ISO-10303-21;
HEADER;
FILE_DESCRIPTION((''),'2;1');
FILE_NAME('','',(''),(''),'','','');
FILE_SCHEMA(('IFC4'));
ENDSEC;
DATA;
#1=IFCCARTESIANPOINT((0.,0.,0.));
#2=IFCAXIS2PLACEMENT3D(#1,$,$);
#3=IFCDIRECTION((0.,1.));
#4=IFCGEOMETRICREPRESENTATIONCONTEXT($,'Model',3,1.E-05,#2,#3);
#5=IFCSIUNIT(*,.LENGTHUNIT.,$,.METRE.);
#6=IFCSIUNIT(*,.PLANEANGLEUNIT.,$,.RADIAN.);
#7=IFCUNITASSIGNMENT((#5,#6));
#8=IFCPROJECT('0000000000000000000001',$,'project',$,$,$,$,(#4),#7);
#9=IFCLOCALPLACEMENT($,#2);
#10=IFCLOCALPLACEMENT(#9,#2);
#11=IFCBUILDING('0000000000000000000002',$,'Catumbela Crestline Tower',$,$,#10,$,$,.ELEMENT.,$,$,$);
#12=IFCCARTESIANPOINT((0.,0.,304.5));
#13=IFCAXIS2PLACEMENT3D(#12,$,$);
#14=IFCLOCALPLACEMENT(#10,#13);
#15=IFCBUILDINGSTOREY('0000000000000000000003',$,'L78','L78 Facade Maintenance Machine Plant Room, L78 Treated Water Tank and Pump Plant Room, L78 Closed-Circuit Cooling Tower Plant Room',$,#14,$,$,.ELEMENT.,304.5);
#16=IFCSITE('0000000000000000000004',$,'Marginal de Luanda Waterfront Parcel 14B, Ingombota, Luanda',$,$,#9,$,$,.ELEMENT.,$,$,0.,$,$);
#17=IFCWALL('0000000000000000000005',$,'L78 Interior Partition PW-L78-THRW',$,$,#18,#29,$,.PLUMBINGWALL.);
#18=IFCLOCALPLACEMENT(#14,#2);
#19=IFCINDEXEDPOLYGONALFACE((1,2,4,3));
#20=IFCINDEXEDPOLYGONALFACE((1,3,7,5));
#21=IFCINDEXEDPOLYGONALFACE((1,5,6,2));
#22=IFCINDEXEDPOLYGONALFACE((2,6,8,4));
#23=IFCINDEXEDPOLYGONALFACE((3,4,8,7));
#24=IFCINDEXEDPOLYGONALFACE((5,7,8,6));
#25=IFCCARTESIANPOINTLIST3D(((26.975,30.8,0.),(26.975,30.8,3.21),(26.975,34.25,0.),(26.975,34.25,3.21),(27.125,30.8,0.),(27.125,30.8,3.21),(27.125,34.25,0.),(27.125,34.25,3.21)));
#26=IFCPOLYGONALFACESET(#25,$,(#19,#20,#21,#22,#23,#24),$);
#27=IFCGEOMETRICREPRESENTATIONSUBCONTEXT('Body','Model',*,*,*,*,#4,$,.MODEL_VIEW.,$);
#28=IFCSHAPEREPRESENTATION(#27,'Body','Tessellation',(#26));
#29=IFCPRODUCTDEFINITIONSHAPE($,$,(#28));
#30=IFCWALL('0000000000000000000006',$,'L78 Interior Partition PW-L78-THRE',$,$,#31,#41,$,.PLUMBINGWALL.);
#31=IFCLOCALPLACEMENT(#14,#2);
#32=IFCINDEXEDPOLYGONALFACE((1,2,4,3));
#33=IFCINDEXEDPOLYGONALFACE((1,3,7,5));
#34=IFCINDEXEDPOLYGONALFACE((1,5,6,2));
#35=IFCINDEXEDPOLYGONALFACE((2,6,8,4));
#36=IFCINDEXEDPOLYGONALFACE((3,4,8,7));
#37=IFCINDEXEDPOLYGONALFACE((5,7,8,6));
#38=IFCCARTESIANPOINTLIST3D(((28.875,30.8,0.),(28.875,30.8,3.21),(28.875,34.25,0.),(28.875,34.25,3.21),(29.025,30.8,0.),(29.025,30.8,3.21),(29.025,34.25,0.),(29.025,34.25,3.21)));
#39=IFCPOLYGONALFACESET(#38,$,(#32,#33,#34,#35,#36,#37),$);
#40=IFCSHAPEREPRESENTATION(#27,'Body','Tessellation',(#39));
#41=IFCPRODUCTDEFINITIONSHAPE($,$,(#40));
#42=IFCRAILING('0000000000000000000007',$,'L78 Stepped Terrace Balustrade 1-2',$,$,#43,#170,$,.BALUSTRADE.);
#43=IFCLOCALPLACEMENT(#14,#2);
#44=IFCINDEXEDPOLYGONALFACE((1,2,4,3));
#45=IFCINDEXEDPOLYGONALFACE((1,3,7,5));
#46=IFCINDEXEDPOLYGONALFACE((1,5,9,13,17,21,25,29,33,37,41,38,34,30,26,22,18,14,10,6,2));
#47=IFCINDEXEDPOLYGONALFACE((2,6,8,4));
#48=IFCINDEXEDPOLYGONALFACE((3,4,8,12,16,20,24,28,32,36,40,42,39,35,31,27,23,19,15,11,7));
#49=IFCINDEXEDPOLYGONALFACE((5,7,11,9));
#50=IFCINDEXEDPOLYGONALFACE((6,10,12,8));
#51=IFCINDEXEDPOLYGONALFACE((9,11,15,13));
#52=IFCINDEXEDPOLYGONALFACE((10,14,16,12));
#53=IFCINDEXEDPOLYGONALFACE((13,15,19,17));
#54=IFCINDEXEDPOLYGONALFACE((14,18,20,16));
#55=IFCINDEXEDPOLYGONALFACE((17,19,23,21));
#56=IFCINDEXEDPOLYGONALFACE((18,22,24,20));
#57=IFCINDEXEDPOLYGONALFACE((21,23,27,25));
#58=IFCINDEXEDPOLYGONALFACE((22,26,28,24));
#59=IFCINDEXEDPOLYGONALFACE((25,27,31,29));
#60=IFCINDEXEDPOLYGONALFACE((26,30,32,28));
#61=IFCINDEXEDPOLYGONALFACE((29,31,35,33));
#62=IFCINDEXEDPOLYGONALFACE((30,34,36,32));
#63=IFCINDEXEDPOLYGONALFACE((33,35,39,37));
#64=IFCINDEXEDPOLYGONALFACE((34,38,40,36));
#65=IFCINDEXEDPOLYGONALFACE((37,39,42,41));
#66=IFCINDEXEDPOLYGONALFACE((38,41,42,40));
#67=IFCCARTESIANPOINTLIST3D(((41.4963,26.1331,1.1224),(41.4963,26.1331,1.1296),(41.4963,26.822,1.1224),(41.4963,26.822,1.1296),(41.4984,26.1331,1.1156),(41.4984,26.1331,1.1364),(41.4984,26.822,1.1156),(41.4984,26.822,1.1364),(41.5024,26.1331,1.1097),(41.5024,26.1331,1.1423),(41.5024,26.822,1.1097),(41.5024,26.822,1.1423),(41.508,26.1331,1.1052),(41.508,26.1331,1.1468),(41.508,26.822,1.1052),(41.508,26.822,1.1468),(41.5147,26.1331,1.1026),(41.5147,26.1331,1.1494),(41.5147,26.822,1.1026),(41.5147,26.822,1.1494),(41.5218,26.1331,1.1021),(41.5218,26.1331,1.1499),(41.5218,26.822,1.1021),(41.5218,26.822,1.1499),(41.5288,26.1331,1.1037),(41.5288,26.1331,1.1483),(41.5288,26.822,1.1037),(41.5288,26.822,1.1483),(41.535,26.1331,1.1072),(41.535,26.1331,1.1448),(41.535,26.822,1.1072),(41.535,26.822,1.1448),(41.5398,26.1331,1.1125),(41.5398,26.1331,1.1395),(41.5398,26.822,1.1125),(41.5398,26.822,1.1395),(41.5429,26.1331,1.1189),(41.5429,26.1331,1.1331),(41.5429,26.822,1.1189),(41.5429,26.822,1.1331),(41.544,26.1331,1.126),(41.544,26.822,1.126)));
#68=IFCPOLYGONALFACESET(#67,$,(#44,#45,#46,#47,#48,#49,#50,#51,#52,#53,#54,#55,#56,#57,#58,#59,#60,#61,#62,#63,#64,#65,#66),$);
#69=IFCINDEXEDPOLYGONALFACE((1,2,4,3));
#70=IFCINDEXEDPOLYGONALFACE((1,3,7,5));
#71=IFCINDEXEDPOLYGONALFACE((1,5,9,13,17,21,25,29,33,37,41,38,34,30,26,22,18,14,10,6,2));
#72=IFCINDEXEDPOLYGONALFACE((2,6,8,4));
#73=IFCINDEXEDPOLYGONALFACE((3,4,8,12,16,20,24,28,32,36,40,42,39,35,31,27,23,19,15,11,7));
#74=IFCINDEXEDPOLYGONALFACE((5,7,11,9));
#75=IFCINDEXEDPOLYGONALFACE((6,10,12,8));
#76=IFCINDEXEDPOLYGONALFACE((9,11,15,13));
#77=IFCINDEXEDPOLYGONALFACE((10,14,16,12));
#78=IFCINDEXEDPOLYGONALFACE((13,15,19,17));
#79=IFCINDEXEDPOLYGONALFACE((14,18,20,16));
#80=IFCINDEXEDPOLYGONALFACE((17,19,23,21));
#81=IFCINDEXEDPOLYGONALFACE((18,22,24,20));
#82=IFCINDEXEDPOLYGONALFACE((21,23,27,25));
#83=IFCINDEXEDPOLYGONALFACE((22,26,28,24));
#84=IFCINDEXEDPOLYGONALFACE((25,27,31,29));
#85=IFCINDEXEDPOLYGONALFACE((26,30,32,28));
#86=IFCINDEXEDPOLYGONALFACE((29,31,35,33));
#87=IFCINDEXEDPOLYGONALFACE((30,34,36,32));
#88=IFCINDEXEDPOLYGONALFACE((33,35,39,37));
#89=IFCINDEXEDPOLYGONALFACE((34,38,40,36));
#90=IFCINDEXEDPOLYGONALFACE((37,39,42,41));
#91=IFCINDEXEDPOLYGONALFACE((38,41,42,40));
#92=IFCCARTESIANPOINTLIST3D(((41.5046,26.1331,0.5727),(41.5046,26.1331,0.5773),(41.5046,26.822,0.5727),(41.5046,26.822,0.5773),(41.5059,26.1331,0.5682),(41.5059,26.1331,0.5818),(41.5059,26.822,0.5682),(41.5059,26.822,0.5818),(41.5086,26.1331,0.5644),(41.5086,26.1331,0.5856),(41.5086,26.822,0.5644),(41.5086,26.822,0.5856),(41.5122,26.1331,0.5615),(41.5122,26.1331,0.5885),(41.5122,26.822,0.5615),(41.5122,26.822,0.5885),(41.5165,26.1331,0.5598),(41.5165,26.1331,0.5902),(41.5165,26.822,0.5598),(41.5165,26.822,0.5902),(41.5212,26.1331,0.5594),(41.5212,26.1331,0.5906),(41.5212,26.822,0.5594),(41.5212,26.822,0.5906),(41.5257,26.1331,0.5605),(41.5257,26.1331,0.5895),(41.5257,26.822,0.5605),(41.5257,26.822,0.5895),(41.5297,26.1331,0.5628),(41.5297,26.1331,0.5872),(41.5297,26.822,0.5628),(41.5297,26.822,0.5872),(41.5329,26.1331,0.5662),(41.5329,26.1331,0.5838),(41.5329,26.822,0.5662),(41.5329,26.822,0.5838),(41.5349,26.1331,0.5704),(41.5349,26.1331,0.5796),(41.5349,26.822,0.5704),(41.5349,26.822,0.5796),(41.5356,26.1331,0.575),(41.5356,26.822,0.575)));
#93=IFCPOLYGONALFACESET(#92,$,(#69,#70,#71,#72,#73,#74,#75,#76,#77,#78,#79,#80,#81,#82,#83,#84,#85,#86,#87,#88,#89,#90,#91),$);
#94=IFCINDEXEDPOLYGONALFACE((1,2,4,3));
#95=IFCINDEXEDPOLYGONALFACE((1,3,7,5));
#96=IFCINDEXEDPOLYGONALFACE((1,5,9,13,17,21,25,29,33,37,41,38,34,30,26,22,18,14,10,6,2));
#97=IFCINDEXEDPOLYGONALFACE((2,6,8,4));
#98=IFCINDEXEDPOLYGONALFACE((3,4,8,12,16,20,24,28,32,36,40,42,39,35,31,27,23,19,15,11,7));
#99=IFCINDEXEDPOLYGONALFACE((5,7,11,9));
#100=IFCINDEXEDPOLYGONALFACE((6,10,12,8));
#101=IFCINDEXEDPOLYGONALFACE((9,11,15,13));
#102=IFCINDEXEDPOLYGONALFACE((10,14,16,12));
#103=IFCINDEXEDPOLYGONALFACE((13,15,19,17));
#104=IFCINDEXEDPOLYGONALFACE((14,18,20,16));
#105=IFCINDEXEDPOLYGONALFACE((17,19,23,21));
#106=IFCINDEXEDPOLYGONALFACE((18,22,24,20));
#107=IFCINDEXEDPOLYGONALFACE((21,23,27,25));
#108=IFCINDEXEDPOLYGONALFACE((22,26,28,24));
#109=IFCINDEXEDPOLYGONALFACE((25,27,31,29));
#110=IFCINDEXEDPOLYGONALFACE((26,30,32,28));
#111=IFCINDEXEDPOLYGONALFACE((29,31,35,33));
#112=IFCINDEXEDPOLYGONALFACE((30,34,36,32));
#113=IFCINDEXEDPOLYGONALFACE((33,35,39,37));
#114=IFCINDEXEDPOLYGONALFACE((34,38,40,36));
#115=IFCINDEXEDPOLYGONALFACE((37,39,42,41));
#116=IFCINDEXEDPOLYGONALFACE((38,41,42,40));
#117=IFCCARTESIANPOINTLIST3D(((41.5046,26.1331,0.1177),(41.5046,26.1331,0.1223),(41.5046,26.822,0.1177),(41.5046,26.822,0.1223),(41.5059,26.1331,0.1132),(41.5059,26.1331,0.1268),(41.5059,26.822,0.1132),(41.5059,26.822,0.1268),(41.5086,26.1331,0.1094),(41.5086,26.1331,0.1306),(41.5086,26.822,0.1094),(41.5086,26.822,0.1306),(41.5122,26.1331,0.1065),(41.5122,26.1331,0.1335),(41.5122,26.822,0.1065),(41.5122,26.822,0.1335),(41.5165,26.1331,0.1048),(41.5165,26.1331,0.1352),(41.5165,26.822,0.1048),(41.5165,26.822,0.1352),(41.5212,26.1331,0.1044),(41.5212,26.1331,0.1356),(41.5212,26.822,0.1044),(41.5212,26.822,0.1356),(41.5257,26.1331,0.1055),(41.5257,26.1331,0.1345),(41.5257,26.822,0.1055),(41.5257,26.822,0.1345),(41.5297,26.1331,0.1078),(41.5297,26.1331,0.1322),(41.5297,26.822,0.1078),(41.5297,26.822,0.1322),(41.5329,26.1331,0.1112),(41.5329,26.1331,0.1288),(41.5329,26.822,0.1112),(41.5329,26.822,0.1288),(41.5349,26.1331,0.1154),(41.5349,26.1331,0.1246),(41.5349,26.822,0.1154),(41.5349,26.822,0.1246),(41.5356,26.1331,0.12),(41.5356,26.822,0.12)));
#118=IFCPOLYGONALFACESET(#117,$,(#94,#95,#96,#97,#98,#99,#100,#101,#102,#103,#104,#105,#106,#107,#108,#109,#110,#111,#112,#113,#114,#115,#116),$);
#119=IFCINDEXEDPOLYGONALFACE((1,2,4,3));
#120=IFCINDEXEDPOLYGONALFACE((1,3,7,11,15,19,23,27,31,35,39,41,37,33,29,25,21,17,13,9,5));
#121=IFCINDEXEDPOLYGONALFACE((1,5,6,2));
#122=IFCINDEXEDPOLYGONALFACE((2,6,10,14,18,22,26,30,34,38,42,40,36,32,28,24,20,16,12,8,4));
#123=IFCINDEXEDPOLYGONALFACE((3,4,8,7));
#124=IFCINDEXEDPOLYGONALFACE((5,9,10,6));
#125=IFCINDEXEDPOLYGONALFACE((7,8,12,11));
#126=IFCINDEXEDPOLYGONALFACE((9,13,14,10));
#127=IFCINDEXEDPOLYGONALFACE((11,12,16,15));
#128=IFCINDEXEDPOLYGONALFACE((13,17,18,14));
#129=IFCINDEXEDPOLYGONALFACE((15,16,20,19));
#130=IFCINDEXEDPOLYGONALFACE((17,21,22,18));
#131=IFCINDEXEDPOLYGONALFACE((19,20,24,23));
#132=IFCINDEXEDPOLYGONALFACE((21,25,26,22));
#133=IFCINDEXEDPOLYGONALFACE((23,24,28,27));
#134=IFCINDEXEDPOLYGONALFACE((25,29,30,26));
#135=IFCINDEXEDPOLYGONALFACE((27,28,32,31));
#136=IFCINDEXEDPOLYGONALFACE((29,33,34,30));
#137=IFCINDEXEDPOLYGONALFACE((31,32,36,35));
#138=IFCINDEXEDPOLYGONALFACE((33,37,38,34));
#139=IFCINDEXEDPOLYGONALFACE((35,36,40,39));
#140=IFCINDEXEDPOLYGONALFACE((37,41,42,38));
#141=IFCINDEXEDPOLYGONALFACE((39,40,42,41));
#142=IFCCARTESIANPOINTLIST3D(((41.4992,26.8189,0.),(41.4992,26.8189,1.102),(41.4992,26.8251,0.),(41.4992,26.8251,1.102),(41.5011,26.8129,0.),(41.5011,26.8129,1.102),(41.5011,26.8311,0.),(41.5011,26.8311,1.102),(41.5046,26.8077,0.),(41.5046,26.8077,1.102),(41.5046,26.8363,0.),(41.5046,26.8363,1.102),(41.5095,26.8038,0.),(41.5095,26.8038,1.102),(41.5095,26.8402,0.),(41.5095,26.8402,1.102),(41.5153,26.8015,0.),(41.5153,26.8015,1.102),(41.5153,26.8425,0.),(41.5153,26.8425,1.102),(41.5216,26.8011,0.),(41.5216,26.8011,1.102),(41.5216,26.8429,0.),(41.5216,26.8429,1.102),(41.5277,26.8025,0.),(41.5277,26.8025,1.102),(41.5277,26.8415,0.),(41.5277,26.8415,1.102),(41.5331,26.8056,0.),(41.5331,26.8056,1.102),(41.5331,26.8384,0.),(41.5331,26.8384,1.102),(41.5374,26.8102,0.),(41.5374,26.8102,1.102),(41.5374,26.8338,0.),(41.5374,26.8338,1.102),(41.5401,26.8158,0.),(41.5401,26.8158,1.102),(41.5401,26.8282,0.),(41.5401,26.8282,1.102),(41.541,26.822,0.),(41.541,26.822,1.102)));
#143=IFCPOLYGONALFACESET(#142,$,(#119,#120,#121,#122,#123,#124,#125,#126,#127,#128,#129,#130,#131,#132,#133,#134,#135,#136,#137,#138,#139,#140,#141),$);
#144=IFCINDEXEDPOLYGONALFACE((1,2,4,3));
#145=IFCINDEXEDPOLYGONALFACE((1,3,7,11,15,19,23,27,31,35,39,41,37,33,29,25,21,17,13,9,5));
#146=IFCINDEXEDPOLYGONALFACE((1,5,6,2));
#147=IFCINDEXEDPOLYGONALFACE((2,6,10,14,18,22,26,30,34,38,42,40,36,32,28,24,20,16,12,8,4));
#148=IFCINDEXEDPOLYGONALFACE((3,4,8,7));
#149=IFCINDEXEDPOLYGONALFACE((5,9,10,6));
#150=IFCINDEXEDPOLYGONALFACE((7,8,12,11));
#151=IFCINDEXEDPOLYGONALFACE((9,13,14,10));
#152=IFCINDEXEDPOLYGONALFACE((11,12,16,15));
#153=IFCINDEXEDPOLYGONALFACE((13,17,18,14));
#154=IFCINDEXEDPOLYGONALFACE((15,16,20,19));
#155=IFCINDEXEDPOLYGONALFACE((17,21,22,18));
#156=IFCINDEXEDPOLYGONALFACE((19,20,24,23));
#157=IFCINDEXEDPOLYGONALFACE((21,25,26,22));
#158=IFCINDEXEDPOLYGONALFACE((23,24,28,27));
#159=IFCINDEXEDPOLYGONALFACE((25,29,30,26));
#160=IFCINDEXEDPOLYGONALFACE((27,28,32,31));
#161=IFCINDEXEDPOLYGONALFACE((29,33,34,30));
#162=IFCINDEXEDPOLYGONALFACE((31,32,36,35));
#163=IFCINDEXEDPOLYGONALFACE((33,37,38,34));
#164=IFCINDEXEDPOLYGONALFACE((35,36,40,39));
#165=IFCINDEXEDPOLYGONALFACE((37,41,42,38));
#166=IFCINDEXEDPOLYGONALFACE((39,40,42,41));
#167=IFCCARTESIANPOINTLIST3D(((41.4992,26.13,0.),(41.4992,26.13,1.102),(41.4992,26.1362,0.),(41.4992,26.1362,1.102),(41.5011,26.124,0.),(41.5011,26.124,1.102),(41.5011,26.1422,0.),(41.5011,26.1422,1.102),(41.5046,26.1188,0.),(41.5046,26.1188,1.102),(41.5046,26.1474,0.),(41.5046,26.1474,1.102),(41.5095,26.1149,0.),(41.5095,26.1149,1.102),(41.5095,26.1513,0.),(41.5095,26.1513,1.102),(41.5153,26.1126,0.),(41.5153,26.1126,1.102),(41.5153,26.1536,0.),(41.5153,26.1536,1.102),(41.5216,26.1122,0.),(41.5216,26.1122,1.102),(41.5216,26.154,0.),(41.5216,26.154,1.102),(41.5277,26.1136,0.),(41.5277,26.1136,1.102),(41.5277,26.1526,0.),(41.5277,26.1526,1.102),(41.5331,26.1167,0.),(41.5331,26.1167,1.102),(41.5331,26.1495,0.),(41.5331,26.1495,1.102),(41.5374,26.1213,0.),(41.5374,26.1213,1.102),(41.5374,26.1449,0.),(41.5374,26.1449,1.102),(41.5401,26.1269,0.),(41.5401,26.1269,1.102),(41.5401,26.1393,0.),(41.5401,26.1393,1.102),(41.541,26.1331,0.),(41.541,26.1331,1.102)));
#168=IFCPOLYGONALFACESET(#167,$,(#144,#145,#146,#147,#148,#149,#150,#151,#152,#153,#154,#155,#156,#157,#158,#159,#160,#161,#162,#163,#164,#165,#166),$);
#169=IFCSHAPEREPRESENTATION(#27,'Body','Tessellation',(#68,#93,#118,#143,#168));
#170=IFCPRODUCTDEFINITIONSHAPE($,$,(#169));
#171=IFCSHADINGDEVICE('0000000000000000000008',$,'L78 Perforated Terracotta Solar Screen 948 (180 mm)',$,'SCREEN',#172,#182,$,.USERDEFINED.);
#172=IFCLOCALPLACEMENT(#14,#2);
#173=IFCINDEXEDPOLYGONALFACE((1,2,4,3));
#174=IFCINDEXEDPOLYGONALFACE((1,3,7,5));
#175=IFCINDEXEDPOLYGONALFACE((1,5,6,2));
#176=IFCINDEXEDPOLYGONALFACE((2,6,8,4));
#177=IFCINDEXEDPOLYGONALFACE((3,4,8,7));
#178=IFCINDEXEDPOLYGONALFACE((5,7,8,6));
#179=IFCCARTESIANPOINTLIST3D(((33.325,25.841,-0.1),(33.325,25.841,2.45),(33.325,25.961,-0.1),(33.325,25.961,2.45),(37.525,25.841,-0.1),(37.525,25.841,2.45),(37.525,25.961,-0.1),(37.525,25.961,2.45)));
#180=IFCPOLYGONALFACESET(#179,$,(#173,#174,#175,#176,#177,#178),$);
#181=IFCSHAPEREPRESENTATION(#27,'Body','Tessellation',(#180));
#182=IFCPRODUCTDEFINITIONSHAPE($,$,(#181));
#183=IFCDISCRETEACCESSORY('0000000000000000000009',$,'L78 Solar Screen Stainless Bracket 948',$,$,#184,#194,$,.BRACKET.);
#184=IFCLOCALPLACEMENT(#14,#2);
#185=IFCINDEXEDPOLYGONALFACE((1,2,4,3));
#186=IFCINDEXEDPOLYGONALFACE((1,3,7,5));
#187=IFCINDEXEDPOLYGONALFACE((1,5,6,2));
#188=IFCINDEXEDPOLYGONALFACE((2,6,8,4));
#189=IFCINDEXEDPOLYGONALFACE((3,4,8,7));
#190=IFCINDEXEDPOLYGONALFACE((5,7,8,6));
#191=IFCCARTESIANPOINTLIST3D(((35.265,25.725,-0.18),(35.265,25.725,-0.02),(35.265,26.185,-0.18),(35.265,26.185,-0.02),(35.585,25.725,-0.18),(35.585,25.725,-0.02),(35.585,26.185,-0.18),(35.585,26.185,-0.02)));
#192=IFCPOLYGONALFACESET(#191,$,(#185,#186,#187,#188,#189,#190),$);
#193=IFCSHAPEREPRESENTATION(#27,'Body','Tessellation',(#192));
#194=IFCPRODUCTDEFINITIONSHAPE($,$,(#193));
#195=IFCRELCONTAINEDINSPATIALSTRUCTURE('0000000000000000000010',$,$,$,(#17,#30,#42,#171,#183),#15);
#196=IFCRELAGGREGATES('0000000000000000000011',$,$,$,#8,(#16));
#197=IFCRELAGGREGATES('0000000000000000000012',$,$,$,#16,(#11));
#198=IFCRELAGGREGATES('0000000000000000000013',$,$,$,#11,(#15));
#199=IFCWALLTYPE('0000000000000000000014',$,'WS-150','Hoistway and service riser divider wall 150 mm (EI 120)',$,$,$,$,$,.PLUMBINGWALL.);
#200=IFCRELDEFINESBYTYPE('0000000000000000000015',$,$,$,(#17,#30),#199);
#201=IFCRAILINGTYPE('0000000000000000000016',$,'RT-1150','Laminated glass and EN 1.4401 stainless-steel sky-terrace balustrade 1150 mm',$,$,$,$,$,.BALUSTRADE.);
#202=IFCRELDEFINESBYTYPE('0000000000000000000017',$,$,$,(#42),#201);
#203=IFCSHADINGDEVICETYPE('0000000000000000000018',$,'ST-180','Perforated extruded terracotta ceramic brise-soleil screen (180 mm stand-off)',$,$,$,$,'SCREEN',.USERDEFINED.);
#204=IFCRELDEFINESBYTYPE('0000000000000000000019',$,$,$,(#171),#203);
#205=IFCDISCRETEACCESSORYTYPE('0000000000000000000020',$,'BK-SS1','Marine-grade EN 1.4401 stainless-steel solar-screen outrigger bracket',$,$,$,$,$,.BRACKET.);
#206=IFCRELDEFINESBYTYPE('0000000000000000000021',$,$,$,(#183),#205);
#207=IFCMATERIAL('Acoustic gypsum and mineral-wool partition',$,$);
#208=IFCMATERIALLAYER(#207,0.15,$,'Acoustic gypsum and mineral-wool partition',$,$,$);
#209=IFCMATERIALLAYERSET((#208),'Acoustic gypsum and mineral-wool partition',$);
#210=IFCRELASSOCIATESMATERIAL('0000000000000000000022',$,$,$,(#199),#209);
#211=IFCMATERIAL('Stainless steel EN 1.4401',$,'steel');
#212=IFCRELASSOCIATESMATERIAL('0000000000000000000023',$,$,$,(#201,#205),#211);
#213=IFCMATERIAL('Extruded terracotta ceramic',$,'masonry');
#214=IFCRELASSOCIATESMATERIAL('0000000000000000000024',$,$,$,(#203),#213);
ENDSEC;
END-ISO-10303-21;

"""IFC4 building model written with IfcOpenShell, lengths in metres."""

from ifc_helpers import new_model, si_unit, direction, frame, frame_2d, origin, origin_2d, place, context, subcontext, project, spatial, rectangle, circle, extrude, material, layer, layer_set, type_object, element, save


model = new_model("IFC4")

# Units and contexts
model_context = context("Model", 3, precision=1e-05, world=origin(), true_north=direction((0.0, 1.0)))
body_context = subcontext(model_context, "Body", "Model", "MODEL_VIEW")
ifc_project = project(units=[si_unit("LENGTHUNIT", "METRE"), si_unit("PLANEANGLEUNIT", "RADIAN")], contexts=[model_context])

# Site, building, storey
site_placement = place(None, origin())
site = spatial("IfcSite", under=ifc_project, at=site_placement, Name="Marginal de Luanda Waterfront Parcel 14B, Ingombota, Luanda", CompositionType="ELEMENT", RefElevation=0.0)
building_placement = place(site_placement, origin())
building = spatial("IfcBuilding", under=site, at=building_placement, Name="Catumbela Crestline Tower", CompositionType="ELEMENT")
storey_placement = place(building_placement, frame((0.0, 0.0, 304.5)))
storey = spatial("IfcBuildingStorey", under=building, at=storey_placement, Name="L78", Description="L78 Facade Maintenance Machine Plant Room, L78 Treated Water Tank and Pump Plant Room, L78 Closed-Circuit Cooling Tower Plant Room", CompositionType="ELEMENT", Elevation=304.5)

# Shared definitions
ifc_material_1 = material(Name="Stainless steel EN 1.4401", Category="steel")
ifc_material_2 = material(Name="Acoustic gypsum and mineral-wool partition")

# Walls
ifc_layer_1 = layer(ifc_material_2, 0.15, Name="Acoustic gypsum and mineral-wool partition")
ifc_layer_set_1 = layer_set([ifc_layer_1], Name="Acoustic gypsum and mineral-wool partition")
wall_type_1 = type_object("IfcWallType", Name="WS-150", Description="Hoistway and service riser divider wall 150 mm (EI 120)", PredefinedType="PLUMBINGWALL", material=ifc_layer_set_1)
for number, where, z_axis, x_axis, name in (
    (1, (27.05, 30.8, 0.0), (0.0, 0.0, 1.0), (0.0, 1.0, 0.0), "L78 Interior Partition PW-L78-THRW"),
    (2, (28.95, 30.8, 0.0), (0.0, 0.0, 1.0), (0.0, 1.0, 0.0), "L78 Interior Partition PW-L78-THRE"),
):
    element("IfcWall", number, at=place(storey_placement, frame(where, z_axis=z_axis, x_axis=x_axis)), inside=storey, type_object=wall_type_1, Name=name, PredefinedType="PLUMBINGWALL", context=body_context, shape_type="SweptSolid", body=[
        extrude(rectangle(XDim=3.45, YDim=0.15, at=frame_2d((1.725, 0.0))), origin(), (0.0, 0.0, 1.0), 3.21),
    ])

# Railing
railing_type = type_object("IfcRailingType", Name="RT-1150", Description="Laminated glass and EN 1.4401 stainless-steel sky-terrace balustrade 1150 mm", PredefinedType="BALUSTRADE", material=ifc_material_1)
railing_1_placement = place(storey_placement, frame((41.52, 26.822, 0.0)))
element("IfcRailing", 3, at=railing_1_placement, inside=storey, type_object=railing_type, Name="L78 Stepped Terrace Balustrade 1-2", PredefinedType="BALUSTRADE", context=body_context, shape_type="SweptSolid", body=[
    extrude(circle(Radius=0.024, at=origin_2d()), frame((0.0, 0.0, 1.126), z_axis=(0.0, -1.0, 0.0), x_axis=(1.0, 0.0, 0.0)), (0.0, 0.0, 1.0), 0.6889),
    extrude(circle(Radius=0.0156, at=origin_2d()), frame((0.0, 0.0, 0.575), z_axis=(0.0, -1.0, 0.0), x_axis=(1.0, 0.0, 0.0)), (0.0, 0.0, 1.0), 0.6889),
    extrude(circle(Radius=0.0156, at=origin_2d()), frame((0.0, 0.0, 0.12), z_axis=(0.0, -1.0, 0.0), x_axis=(1.0, 0.0, 0.0)), (0.0, 0.0, 1.0), 0.6889),
    extrude(circle(Radius=0.021, at=origin_2d()), origin(), (0.0, 0.0, 1.0), 1.102),
    extrude(circle(Radius=0.021, at=origin_2d()), frame((0.0, -0.6889, 0.0)), (0.0, 0.0, 1.0), 1.102),
])

# Shading device
ifc_material_3 = material(Name="Extruded terracotta ceramic", Category="masonry")
shading_device_type = type_object("IfcShadingDeviceType", Name="ST-180", Description="Perforated extruded terracotta ceramic brise-soleil screen (180 mm stand-off)", ElementType="SCREEN", PredefinedType="USERDEFINED", material=ifc_material_3)
shading_device_placement = place(storey_placement, frame((35.425, 25.901, -0.1), z_axis=(0.0, 0.0, 1.0), x_axis=(1.0, 0.0, 0.0)))
element("IfcShadingDevice", 4, at=shading_device_placement, inside=storey, type_object=shading_device_type, Name="L78 Perforated Terracotta Solar Screen 948 (180 mm)", ObjectType="SCREEN", PredefinedType="USERDEFINED", context=body_context, shape_type="SweptSolid", body=[
    extrude(rectangle(XDim=4.2, YDim=0.12, at=origin_2d()), origin(), (0.0, 0.0, 1.0), 2.55),
])

# Discrete accessory
discrete_accessory_type = type_object("IfcDiscreteAccessoryType", Name="BK-SS1", Description="Marine-grade EN 1.4401 stainless-steel solar-screen outrigger bracket", PredefinedType="BRACKET", material=ifc_material_1)
discrete_accessory_placement = place(storey_placement, frame((35.425, 25.955, -0.18), z_axis=(0.0, 0.0, 1.0), x_axis=(1.0, 0.0, 0.0)))
element("IfcDiscreteAccessory", 5, at=discrete_accessory_placement, inside=storey, type_object=discrete_accessory_type, Name="L78 Solar Screen Stainless Bracket 948", PredefinedType="BRACKET", context=body_context, shape_type="SweptSolid", body=[
    extrude(rectangle(XDim=0.32, YDim=0.46, at=origin_2d()), origin(), (0.0, 0.0, 1.0), 0.16),
])

save(model, "model.ifc")
